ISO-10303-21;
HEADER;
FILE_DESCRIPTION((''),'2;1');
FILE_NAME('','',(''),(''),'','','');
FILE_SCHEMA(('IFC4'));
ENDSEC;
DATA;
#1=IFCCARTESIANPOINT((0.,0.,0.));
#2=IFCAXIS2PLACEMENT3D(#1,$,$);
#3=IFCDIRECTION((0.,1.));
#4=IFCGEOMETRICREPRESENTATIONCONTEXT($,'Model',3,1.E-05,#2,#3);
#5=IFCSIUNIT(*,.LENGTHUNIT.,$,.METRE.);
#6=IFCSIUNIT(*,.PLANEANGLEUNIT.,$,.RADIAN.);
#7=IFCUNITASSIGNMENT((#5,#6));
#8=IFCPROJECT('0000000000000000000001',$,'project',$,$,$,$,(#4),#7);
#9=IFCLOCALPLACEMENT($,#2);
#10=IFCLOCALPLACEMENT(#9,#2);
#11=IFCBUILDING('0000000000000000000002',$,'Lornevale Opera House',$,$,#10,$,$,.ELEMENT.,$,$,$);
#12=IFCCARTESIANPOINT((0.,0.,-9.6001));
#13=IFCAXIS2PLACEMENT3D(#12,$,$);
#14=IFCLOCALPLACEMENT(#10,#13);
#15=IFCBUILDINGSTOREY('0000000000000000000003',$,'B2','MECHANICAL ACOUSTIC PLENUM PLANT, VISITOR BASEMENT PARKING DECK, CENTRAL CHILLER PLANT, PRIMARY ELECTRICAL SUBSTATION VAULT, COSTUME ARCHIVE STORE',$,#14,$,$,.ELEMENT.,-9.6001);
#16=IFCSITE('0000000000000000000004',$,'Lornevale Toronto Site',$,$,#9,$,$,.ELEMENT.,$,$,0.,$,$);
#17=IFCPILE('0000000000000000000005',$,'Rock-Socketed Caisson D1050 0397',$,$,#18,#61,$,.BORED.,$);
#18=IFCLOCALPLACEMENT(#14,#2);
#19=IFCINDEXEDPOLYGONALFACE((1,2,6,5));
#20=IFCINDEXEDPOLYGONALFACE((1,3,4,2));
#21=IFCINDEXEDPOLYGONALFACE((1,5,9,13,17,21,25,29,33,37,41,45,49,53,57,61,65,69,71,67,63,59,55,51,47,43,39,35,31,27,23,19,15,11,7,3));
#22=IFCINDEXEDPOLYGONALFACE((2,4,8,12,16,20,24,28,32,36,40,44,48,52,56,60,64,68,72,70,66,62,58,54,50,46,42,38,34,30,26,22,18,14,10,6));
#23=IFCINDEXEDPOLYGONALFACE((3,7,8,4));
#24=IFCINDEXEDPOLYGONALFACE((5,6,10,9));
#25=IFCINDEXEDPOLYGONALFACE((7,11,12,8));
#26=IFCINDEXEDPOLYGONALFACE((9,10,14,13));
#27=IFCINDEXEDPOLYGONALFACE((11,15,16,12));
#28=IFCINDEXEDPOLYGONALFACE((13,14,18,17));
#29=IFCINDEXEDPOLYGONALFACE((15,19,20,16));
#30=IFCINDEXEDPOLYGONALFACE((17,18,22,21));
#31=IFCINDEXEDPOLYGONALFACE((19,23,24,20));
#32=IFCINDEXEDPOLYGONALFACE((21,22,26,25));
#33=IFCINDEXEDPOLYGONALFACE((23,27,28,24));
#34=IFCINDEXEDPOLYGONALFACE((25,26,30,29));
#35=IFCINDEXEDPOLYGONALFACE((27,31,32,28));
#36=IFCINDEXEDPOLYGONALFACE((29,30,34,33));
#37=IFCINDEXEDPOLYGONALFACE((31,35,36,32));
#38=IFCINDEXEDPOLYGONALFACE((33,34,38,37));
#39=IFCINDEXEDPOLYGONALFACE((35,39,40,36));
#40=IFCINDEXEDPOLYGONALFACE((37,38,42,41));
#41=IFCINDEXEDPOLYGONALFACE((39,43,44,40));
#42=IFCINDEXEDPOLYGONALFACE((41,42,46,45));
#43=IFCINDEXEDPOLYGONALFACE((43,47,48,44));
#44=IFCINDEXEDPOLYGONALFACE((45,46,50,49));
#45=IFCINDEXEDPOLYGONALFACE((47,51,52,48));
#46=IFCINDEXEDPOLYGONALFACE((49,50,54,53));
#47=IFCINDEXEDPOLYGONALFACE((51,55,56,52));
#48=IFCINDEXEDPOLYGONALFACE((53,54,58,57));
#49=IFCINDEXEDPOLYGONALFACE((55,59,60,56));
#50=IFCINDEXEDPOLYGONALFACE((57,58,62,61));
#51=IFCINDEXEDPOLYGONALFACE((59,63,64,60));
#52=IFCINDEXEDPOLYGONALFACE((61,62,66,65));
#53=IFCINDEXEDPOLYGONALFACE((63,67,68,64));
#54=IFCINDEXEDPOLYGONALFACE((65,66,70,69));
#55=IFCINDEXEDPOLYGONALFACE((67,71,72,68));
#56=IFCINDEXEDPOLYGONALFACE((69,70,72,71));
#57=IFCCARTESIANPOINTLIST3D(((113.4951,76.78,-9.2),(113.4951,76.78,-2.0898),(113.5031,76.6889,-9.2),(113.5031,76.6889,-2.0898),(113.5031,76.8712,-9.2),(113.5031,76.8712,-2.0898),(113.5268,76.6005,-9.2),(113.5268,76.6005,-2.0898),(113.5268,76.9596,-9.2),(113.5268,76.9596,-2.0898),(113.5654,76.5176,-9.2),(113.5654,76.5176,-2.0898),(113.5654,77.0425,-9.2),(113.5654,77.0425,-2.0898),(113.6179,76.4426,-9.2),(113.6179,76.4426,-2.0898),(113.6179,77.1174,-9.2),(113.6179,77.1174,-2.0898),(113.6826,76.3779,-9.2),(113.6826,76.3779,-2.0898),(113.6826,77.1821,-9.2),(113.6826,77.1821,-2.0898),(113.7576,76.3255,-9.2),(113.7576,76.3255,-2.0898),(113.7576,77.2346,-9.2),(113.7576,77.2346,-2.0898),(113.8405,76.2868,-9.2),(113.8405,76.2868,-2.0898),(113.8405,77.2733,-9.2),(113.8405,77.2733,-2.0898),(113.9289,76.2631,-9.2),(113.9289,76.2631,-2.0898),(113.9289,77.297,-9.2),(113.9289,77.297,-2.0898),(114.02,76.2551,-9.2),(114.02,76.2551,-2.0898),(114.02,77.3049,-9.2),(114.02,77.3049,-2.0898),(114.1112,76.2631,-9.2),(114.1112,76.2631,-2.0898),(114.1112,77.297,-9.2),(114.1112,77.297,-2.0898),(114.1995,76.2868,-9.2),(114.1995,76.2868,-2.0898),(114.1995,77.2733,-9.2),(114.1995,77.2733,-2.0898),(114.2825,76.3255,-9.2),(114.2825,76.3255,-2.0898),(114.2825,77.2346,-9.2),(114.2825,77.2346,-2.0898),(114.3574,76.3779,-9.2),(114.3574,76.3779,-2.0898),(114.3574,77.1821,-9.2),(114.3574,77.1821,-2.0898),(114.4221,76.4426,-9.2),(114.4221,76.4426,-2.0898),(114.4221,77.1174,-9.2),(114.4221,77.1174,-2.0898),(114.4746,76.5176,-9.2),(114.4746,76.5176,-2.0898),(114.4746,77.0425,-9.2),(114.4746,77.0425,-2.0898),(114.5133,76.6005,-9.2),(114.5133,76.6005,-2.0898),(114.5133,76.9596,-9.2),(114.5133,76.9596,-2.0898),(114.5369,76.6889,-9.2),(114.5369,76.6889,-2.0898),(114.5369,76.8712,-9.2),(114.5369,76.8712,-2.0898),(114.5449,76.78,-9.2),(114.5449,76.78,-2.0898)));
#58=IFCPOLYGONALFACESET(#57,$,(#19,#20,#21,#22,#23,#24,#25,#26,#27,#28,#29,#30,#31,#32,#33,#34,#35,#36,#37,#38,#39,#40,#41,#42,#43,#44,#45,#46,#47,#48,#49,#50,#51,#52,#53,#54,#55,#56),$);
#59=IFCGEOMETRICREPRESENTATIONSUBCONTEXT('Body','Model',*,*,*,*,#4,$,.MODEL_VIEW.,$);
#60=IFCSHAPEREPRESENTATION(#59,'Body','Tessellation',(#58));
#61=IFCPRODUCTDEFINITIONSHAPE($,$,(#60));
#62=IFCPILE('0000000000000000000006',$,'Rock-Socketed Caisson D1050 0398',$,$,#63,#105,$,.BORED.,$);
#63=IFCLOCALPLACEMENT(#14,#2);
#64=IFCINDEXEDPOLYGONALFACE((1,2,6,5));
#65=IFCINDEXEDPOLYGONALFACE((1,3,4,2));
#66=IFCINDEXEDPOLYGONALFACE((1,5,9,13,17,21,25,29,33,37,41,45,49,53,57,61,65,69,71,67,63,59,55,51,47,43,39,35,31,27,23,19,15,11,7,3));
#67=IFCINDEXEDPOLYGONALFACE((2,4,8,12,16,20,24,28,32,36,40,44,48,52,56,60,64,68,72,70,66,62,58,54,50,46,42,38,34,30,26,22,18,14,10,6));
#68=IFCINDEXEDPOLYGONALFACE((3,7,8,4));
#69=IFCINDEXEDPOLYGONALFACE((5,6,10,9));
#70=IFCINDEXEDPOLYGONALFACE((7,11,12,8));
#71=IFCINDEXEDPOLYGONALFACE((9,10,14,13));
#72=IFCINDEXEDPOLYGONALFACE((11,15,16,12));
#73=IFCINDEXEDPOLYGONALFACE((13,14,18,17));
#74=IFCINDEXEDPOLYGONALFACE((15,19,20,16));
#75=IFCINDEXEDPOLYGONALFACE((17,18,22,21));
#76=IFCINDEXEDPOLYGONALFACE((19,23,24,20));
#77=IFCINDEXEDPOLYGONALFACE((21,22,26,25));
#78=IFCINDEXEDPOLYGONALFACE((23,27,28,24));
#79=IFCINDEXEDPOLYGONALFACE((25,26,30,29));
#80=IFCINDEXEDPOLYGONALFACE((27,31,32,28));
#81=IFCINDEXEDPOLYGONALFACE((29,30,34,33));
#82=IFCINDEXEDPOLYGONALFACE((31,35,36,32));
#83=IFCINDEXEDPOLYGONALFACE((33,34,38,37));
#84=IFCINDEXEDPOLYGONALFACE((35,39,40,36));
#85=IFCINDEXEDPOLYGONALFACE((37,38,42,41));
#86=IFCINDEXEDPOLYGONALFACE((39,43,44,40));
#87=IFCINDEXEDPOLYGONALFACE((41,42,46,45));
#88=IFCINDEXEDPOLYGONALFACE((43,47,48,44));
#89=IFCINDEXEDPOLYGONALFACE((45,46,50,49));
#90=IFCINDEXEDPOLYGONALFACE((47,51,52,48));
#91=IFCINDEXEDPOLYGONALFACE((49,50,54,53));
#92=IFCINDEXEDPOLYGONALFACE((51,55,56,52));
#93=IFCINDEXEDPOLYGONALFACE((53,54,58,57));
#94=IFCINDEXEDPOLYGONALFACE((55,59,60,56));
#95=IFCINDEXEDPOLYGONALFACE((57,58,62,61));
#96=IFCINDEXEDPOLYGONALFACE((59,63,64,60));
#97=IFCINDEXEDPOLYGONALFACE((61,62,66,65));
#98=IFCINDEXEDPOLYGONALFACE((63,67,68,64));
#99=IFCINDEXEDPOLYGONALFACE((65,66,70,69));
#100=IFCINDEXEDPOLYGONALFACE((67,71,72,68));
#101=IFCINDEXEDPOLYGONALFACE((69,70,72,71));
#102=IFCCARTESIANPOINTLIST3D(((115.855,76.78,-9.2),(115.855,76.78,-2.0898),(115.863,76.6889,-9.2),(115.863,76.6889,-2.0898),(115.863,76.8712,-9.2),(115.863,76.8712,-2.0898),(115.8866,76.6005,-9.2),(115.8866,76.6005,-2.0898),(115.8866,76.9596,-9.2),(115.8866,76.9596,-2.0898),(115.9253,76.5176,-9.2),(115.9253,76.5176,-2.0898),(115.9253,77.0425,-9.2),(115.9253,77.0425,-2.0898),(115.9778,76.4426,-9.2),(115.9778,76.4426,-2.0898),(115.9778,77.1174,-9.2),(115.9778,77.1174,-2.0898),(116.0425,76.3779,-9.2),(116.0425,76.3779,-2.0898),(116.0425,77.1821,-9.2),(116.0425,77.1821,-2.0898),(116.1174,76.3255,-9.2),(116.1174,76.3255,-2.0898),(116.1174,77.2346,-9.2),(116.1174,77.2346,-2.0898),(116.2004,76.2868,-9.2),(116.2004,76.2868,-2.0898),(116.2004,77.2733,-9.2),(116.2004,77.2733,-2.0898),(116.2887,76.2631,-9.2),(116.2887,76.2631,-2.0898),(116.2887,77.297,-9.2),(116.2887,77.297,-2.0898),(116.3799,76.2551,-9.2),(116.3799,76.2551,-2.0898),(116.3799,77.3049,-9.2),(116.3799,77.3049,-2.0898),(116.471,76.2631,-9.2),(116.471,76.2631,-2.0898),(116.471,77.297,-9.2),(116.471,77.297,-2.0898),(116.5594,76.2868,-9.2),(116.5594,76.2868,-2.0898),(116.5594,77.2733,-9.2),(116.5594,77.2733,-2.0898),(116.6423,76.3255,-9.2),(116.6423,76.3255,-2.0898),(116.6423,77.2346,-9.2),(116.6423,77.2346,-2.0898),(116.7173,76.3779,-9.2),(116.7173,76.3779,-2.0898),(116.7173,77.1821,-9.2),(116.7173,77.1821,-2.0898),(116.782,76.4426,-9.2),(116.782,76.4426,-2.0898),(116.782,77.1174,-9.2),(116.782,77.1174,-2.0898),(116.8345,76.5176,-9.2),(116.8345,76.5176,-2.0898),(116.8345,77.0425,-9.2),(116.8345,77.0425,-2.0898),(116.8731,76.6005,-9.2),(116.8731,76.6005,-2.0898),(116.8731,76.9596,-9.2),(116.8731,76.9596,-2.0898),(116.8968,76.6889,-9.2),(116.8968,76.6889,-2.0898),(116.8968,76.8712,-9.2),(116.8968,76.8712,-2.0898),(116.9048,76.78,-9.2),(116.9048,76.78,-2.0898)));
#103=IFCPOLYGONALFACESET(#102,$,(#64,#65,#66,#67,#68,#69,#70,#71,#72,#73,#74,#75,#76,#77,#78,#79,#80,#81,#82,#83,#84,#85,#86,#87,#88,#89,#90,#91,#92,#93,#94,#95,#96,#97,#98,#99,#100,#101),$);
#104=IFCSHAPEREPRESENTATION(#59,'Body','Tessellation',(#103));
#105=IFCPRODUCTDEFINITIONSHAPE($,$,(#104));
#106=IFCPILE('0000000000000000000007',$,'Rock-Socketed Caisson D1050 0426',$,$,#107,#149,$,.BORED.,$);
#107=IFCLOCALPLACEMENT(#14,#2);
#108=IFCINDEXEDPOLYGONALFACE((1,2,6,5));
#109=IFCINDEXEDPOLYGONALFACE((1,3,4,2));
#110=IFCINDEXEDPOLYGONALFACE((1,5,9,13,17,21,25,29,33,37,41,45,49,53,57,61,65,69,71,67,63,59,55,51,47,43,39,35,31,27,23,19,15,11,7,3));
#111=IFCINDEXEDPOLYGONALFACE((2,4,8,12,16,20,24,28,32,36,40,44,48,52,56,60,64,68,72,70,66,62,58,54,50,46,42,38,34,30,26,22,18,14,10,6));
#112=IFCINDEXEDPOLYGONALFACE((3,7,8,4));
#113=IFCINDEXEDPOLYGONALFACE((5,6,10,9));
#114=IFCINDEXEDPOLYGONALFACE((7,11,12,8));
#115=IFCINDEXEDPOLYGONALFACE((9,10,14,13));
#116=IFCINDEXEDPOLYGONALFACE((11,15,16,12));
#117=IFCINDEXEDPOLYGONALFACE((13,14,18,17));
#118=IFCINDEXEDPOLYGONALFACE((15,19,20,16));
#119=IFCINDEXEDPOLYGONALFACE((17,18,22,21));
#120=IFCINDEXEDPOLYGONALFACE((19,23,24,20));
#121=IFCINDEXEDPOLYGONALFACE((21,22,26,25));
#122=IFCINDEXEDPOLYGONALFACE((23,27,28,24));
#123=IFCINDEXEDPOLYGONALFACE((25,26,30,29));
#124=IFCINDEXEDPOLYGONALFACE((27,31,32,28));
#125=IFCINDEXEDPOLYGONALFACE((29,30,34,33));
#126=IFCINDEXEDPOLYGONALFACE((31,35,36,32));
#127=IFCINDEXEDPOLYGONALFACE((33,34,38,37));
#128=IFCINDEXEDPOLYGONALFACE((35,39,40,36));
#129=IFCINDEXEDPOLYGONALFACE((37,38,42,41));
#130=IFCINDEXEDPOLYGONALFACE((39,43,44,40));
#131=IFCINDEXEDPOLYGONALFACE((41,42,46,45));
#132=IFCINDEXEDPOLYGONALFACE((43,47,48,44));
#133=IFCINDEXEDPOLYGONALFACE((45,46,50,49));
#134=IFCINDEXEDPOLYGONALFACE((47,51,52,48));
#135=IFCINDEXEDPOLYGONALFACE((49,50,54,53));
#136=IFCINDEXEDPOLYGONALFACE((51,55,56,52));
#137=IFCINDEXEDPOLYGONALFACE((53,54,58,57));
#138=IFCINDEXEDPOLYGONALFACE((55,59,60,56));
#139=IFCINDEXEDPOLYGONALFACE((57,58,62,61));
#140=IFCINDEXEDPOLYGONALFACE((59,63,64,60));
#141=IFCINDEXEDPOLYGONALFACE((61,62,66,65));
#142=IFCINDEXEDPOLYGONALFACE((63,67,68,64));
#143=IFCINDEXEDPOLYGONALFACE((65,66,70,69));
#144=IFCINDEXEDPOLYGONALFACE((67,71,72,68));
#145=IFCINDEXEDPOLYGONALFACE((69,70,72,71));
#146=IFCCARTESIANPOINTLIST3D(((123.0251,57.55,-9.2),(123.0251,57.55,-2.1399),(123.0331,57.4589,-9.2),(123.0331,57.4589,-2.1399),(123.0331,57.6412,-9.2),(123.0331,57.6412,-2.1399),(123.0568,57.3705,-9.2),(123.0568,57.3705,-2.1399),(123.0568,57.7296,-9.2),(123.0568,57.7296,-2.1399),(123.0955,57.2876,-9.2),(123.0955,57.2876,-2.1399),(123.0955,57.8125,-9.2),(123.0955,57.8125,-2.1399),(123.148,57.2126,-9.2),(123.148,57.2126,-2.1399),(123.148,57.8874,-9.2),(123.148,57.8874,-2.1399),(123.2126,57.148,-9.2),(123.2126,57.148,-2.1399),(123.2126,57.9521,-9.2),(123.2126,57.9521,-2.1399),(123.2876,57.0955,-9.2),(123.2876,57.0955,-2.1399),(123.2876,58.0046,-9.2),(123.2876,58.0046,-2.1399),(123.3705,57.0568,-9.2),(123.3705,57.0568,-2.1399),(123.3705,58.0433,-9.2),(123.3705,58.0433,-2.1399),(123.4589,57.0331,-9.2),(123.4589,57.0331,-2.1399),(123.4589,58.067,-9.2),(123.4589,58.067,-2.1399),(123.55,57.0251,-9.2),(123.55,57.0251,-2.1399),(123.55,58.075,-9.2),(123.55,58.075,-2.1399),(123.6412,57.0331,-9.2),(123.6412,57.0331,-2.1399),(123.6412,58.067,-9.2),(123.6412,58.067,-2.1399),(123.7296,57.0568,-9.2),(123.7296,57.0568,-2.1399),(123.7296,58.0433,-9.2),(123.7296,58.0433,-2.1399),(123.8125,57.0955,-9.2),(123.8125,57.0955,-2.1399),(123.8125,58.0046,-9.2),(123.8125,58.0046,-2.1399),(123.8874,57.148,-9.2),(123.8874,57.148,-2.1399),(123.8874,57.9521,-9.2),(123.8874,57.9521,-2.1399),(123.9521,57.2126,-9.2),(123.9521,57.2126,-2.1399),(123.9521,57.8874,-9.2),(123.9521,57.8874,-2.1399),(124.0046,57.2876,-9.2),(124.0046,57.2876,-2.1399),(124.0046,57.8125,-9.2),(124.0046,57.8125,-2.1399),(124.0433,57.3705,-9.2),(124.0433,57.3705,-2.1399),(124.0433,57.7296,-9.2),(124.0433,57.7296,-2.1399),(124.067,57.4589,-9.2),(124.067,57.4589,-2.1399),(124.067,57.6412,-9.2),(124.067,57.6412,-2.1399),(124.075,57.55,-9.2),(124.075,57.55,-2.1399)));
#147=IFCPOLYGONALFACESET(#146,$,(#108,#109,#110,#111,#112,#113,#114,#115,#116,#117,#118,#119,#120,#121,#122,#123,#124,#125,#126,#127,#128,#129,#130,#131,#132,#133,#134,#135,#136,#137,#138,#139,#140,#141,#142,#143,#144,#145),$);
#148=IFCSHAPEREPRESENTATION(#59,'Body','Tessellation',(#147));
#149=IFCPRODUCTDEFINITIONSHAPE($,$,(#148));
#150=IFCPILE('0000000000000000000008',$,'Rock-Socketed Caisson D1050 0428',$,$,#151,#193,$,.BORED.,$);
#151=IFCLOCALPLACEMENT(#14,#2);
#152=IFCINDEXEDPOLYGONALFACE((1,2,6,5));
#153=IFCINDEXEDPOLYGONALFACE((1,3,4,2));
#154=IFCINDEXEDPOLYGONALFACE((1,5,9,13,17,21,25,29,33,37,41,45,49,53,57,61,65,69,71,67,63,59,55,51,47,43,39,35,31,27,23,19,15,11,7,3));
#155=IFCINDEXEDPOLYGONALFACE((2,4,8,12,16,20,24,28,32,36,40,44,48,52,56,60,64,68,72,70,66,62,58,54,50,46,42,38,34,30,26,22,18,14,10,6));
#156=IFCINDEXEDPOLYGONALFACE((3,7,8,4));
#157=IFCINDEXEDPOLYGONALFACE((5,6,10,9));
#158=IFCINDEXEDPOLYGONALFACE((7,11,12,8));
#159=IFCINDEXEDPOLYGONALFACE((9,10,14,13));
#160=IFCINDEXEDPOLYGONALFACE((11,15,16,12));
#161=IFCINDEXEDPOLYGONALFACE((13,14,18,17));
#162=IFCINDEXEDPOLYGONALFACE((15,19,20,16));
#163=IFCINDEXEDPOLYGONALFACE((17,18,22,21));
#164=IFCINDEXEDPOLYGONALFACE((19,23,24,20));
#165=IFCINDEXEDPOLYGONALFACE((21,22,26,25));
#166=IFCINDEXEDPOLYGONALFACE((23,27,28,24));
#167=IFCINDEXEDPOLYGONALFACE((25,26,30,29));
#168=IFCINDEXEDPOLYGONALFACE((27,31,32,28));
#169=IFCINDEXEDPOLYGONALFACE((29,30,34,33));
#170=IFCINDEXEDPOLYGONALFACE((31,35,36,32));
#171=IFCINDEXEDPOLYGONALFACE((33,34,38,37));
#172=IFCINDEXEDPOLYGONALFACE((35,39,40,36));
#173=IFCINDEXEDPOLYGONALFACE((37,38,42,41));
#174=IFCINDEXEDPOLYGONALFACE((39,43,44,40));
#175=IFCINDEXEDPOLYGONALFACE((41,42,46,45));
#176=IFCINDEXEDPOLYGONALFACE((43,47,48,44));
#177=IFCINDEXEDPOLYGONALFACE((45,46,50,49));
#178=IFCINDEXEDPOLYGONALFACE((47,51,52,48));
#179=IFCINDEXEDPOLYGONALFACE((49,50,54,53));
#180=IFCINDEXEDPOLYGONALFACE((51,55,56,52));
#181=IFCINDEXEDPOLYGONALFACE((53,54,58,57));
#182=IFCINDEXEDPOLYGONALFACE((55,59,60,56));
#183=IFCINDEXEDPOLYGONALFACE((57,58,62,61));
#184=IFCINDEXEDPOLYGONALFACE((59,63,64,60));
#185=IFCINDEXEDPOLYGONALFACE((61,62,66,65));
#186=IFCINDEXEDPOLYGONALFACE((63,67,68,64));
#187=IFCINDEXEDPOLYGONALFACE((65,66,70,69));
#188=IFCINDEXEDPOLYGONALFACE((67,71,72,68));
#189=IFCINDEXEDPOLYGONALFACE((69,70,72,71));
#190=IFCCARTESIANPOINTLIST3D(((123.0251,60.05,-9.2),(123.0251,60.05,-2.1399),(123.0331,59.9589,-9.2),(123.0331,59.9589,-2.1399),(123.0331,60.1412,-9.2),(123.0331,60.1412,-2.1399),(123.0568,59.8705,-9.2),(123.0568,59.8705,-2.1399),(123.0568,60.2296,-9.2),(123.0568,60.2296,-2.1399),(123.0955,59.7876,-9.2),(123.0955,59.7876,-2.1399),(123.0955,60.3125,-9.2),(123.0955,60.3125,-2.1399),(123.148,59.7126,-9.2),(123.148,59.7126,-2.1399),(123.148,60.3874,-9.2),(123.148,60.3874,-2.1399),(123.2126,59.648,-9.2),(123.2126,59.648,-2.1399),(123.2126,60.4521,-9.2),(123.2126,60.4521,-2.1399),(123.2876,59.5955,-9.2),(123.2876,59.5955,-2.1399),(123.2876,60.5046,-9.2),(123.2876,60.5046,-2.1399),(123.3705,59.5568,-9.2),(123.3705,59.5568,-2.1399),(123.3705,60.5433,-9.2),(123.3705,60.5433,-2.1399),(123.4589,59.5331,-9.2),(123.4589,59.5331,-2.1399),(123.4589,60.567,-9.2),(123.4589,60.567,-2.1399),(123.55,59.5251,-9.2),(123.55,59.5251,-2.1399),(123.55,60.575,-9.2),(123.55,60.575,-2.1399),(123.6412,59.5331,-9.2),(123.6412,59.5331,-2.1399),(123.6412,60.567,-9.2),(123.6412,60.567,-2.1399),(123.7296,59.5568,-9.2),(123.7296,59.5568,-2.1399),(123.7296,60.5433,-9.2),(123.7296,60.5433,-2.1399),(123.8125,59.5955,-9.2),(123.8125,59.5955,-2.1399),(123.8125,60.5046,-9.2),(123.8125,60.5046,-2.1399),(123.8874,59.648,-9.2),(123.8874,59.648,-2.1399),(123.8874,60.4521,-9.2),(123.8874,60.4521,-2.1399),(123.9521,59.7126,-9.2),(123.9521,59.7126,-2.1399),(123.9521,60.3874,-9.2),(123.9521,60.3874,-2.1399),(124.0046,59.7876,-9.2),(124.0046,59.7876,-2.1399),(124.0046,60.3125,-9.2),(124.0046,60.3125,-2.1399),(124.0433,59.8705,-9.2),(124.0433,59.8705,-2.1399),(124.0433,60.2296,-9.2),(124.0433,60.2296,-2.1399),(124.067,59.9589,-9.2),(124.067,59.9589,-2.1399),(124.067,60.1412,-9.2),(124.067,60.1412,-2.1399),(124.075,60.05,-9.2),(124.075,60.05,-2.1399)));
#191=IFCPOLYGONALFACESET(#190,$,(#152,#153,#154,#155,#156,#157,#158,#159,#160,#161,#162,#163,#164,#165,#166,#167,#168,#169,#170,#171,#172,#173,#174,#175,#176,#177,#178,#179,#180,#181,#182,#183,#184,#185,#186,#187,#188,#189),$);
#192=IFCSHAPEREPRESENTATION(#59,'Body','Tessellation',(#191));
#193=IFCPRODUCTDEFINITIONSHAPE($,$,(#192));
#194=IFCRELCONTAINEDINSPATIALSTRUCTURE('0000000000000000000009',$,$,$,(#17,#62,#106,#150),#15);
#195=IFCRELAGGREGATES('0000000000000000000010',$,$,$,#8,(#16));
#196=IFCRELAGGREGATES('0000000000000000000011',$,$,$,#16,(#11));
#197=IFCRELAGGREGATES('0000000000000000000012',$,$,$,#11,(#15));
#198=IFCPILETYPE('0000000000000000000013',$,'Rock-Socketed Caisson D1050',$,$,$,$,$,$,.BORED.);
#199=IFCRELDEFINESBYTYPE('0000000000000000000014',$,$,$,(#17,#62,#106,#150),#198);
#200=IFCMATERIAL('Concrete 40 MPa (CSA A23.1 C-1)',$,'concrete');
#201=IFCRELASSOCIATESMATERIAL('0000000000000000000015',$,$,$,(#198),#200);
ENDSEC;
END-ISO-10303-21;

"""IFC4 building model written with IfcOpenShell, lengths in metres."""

from ifc_helpers import new_model, si_unit, direction, frame, origin, origin_2d, place, context, subcontext, project, spatial, circle, extrude, material, material_profile, profile_set, type_object, element, save


model = new_model("IFC4")

# Units and contexts
model_context = context("Model", 3, precision=1e-05, world=origin(), true_north=direction((0.0, 1.0)))
body_context = subcontext(model_context, "Body", "Model", "MODEL_VIEW")
ifc_project = project(units=[si_unit("LENGTHUNIT", "METRE"), si_unit("PLANEANGLEUNIT", "RADIAN")], contexts=[model_context])

# Site, building, storey
site_placement = place(None, origin())
site = spatial("IfcSite", under=ifc_project, at=site_placement, Name="Lornevale Toronto Site", CompositionType="ELEMENT", RefElevation=0.0)
building_placement = place(site_placement, origin())
building = spatial("IfcBuilding", under=site, at=building_placement, Name="Lornevale Opera House", CompositionType="ELEMENT")
storey_placement = place(building_placement, frame((0.0, 0.0, -9.6001)))
storey = spatial("IfcBuildingStorey", under=building, at=storey_placement, Name="B2", Description="MECHANICAL ACOUSTIC PLENUM PLANT, VISITOR BASEMENT PARKING DECK, CENTRAL CHILLER PLANT, PRIMARY ELECTRICAL SUBSTATION VAULT, COSTUME ARCHIVE STORE", CompositionType="ELEMENT", Elevation=-9.6001)

# Piles
ifc_material_1 = material(Name="Concrete 40 MPa (CSA A23.1 C-1)", Category="concrete")
ifc_material_profile_1 = material_profile(ifc_material_1, circle(Radius=0.5249, at=origin_2d()), Name="CAIS1050")
ifc_profile_set_1 = profile_set([ifc_material_profile_1], Name="Concrete 40 MPa (CSA A23.1 C-1)")
pile_type_1 = type_object("IfcPileType", Name="Rock-Socketed Caisson D1050", PredefinedType="BORED", material=ifc_profile_set_1)
for number, where, z_axis, x_axis, name in (
    (1, (114.02, 76.78, -2.0898), (0.0, 0.0, -1.0), (1.0, 0.0, 0.0), "Rock-Socketed Caisson D1050 0397"),
    (2, (116.3799, 76.78, -2.0898), (0.0, 0.0, -1.0), (1.0, 0.0, 0.0), "Rock-Socketed Caisson D1050 0398"),
):
    element("IfcPile", number, at=place(storey_placement, frame(where, z_axis=z_axis, x_axis=x_axis)), inside=storey, type_object=pile_type_1, Name=name, PredefinedType="BORED", context=body_context, shape_type="SweptSolid", body=[
        extrude(circle(Radius=0.5249, at=origin_2d()), origin(), (0.0, 0.0, 1.0), 7.1101),
    ])
for number, where, z_axis, x_axis, name in (
    (3, (123.55, 57.55, -2.1399), (0.0, 0.0, -1.0), (1.0, 0.0, 0.0), "Rock-Socketed Caisson D1050 0426"),
    (4, (123.55, 60.05, -2.1399), (0.0, 0.0, -1.0), (1.0, 0.0, 0.0), "Rock-Socketed Caisson D1050 0428"),
):
    element("IfcPile", number, at=place(storey_placement, frame(where, z_axis=z_axis, x_axis=x_axis)), inside=storey, type_object=pile_type_1, Name=name, PredefinedType="BORED", context=body_context, shape_type="SweptSolid", body=[
        extrude(circle(Radius=0.5249, at=origin_2d()), origin(), (0.0, 0.0, 1.0), 7.0601),
    ])

save(model, "model.ifc")
